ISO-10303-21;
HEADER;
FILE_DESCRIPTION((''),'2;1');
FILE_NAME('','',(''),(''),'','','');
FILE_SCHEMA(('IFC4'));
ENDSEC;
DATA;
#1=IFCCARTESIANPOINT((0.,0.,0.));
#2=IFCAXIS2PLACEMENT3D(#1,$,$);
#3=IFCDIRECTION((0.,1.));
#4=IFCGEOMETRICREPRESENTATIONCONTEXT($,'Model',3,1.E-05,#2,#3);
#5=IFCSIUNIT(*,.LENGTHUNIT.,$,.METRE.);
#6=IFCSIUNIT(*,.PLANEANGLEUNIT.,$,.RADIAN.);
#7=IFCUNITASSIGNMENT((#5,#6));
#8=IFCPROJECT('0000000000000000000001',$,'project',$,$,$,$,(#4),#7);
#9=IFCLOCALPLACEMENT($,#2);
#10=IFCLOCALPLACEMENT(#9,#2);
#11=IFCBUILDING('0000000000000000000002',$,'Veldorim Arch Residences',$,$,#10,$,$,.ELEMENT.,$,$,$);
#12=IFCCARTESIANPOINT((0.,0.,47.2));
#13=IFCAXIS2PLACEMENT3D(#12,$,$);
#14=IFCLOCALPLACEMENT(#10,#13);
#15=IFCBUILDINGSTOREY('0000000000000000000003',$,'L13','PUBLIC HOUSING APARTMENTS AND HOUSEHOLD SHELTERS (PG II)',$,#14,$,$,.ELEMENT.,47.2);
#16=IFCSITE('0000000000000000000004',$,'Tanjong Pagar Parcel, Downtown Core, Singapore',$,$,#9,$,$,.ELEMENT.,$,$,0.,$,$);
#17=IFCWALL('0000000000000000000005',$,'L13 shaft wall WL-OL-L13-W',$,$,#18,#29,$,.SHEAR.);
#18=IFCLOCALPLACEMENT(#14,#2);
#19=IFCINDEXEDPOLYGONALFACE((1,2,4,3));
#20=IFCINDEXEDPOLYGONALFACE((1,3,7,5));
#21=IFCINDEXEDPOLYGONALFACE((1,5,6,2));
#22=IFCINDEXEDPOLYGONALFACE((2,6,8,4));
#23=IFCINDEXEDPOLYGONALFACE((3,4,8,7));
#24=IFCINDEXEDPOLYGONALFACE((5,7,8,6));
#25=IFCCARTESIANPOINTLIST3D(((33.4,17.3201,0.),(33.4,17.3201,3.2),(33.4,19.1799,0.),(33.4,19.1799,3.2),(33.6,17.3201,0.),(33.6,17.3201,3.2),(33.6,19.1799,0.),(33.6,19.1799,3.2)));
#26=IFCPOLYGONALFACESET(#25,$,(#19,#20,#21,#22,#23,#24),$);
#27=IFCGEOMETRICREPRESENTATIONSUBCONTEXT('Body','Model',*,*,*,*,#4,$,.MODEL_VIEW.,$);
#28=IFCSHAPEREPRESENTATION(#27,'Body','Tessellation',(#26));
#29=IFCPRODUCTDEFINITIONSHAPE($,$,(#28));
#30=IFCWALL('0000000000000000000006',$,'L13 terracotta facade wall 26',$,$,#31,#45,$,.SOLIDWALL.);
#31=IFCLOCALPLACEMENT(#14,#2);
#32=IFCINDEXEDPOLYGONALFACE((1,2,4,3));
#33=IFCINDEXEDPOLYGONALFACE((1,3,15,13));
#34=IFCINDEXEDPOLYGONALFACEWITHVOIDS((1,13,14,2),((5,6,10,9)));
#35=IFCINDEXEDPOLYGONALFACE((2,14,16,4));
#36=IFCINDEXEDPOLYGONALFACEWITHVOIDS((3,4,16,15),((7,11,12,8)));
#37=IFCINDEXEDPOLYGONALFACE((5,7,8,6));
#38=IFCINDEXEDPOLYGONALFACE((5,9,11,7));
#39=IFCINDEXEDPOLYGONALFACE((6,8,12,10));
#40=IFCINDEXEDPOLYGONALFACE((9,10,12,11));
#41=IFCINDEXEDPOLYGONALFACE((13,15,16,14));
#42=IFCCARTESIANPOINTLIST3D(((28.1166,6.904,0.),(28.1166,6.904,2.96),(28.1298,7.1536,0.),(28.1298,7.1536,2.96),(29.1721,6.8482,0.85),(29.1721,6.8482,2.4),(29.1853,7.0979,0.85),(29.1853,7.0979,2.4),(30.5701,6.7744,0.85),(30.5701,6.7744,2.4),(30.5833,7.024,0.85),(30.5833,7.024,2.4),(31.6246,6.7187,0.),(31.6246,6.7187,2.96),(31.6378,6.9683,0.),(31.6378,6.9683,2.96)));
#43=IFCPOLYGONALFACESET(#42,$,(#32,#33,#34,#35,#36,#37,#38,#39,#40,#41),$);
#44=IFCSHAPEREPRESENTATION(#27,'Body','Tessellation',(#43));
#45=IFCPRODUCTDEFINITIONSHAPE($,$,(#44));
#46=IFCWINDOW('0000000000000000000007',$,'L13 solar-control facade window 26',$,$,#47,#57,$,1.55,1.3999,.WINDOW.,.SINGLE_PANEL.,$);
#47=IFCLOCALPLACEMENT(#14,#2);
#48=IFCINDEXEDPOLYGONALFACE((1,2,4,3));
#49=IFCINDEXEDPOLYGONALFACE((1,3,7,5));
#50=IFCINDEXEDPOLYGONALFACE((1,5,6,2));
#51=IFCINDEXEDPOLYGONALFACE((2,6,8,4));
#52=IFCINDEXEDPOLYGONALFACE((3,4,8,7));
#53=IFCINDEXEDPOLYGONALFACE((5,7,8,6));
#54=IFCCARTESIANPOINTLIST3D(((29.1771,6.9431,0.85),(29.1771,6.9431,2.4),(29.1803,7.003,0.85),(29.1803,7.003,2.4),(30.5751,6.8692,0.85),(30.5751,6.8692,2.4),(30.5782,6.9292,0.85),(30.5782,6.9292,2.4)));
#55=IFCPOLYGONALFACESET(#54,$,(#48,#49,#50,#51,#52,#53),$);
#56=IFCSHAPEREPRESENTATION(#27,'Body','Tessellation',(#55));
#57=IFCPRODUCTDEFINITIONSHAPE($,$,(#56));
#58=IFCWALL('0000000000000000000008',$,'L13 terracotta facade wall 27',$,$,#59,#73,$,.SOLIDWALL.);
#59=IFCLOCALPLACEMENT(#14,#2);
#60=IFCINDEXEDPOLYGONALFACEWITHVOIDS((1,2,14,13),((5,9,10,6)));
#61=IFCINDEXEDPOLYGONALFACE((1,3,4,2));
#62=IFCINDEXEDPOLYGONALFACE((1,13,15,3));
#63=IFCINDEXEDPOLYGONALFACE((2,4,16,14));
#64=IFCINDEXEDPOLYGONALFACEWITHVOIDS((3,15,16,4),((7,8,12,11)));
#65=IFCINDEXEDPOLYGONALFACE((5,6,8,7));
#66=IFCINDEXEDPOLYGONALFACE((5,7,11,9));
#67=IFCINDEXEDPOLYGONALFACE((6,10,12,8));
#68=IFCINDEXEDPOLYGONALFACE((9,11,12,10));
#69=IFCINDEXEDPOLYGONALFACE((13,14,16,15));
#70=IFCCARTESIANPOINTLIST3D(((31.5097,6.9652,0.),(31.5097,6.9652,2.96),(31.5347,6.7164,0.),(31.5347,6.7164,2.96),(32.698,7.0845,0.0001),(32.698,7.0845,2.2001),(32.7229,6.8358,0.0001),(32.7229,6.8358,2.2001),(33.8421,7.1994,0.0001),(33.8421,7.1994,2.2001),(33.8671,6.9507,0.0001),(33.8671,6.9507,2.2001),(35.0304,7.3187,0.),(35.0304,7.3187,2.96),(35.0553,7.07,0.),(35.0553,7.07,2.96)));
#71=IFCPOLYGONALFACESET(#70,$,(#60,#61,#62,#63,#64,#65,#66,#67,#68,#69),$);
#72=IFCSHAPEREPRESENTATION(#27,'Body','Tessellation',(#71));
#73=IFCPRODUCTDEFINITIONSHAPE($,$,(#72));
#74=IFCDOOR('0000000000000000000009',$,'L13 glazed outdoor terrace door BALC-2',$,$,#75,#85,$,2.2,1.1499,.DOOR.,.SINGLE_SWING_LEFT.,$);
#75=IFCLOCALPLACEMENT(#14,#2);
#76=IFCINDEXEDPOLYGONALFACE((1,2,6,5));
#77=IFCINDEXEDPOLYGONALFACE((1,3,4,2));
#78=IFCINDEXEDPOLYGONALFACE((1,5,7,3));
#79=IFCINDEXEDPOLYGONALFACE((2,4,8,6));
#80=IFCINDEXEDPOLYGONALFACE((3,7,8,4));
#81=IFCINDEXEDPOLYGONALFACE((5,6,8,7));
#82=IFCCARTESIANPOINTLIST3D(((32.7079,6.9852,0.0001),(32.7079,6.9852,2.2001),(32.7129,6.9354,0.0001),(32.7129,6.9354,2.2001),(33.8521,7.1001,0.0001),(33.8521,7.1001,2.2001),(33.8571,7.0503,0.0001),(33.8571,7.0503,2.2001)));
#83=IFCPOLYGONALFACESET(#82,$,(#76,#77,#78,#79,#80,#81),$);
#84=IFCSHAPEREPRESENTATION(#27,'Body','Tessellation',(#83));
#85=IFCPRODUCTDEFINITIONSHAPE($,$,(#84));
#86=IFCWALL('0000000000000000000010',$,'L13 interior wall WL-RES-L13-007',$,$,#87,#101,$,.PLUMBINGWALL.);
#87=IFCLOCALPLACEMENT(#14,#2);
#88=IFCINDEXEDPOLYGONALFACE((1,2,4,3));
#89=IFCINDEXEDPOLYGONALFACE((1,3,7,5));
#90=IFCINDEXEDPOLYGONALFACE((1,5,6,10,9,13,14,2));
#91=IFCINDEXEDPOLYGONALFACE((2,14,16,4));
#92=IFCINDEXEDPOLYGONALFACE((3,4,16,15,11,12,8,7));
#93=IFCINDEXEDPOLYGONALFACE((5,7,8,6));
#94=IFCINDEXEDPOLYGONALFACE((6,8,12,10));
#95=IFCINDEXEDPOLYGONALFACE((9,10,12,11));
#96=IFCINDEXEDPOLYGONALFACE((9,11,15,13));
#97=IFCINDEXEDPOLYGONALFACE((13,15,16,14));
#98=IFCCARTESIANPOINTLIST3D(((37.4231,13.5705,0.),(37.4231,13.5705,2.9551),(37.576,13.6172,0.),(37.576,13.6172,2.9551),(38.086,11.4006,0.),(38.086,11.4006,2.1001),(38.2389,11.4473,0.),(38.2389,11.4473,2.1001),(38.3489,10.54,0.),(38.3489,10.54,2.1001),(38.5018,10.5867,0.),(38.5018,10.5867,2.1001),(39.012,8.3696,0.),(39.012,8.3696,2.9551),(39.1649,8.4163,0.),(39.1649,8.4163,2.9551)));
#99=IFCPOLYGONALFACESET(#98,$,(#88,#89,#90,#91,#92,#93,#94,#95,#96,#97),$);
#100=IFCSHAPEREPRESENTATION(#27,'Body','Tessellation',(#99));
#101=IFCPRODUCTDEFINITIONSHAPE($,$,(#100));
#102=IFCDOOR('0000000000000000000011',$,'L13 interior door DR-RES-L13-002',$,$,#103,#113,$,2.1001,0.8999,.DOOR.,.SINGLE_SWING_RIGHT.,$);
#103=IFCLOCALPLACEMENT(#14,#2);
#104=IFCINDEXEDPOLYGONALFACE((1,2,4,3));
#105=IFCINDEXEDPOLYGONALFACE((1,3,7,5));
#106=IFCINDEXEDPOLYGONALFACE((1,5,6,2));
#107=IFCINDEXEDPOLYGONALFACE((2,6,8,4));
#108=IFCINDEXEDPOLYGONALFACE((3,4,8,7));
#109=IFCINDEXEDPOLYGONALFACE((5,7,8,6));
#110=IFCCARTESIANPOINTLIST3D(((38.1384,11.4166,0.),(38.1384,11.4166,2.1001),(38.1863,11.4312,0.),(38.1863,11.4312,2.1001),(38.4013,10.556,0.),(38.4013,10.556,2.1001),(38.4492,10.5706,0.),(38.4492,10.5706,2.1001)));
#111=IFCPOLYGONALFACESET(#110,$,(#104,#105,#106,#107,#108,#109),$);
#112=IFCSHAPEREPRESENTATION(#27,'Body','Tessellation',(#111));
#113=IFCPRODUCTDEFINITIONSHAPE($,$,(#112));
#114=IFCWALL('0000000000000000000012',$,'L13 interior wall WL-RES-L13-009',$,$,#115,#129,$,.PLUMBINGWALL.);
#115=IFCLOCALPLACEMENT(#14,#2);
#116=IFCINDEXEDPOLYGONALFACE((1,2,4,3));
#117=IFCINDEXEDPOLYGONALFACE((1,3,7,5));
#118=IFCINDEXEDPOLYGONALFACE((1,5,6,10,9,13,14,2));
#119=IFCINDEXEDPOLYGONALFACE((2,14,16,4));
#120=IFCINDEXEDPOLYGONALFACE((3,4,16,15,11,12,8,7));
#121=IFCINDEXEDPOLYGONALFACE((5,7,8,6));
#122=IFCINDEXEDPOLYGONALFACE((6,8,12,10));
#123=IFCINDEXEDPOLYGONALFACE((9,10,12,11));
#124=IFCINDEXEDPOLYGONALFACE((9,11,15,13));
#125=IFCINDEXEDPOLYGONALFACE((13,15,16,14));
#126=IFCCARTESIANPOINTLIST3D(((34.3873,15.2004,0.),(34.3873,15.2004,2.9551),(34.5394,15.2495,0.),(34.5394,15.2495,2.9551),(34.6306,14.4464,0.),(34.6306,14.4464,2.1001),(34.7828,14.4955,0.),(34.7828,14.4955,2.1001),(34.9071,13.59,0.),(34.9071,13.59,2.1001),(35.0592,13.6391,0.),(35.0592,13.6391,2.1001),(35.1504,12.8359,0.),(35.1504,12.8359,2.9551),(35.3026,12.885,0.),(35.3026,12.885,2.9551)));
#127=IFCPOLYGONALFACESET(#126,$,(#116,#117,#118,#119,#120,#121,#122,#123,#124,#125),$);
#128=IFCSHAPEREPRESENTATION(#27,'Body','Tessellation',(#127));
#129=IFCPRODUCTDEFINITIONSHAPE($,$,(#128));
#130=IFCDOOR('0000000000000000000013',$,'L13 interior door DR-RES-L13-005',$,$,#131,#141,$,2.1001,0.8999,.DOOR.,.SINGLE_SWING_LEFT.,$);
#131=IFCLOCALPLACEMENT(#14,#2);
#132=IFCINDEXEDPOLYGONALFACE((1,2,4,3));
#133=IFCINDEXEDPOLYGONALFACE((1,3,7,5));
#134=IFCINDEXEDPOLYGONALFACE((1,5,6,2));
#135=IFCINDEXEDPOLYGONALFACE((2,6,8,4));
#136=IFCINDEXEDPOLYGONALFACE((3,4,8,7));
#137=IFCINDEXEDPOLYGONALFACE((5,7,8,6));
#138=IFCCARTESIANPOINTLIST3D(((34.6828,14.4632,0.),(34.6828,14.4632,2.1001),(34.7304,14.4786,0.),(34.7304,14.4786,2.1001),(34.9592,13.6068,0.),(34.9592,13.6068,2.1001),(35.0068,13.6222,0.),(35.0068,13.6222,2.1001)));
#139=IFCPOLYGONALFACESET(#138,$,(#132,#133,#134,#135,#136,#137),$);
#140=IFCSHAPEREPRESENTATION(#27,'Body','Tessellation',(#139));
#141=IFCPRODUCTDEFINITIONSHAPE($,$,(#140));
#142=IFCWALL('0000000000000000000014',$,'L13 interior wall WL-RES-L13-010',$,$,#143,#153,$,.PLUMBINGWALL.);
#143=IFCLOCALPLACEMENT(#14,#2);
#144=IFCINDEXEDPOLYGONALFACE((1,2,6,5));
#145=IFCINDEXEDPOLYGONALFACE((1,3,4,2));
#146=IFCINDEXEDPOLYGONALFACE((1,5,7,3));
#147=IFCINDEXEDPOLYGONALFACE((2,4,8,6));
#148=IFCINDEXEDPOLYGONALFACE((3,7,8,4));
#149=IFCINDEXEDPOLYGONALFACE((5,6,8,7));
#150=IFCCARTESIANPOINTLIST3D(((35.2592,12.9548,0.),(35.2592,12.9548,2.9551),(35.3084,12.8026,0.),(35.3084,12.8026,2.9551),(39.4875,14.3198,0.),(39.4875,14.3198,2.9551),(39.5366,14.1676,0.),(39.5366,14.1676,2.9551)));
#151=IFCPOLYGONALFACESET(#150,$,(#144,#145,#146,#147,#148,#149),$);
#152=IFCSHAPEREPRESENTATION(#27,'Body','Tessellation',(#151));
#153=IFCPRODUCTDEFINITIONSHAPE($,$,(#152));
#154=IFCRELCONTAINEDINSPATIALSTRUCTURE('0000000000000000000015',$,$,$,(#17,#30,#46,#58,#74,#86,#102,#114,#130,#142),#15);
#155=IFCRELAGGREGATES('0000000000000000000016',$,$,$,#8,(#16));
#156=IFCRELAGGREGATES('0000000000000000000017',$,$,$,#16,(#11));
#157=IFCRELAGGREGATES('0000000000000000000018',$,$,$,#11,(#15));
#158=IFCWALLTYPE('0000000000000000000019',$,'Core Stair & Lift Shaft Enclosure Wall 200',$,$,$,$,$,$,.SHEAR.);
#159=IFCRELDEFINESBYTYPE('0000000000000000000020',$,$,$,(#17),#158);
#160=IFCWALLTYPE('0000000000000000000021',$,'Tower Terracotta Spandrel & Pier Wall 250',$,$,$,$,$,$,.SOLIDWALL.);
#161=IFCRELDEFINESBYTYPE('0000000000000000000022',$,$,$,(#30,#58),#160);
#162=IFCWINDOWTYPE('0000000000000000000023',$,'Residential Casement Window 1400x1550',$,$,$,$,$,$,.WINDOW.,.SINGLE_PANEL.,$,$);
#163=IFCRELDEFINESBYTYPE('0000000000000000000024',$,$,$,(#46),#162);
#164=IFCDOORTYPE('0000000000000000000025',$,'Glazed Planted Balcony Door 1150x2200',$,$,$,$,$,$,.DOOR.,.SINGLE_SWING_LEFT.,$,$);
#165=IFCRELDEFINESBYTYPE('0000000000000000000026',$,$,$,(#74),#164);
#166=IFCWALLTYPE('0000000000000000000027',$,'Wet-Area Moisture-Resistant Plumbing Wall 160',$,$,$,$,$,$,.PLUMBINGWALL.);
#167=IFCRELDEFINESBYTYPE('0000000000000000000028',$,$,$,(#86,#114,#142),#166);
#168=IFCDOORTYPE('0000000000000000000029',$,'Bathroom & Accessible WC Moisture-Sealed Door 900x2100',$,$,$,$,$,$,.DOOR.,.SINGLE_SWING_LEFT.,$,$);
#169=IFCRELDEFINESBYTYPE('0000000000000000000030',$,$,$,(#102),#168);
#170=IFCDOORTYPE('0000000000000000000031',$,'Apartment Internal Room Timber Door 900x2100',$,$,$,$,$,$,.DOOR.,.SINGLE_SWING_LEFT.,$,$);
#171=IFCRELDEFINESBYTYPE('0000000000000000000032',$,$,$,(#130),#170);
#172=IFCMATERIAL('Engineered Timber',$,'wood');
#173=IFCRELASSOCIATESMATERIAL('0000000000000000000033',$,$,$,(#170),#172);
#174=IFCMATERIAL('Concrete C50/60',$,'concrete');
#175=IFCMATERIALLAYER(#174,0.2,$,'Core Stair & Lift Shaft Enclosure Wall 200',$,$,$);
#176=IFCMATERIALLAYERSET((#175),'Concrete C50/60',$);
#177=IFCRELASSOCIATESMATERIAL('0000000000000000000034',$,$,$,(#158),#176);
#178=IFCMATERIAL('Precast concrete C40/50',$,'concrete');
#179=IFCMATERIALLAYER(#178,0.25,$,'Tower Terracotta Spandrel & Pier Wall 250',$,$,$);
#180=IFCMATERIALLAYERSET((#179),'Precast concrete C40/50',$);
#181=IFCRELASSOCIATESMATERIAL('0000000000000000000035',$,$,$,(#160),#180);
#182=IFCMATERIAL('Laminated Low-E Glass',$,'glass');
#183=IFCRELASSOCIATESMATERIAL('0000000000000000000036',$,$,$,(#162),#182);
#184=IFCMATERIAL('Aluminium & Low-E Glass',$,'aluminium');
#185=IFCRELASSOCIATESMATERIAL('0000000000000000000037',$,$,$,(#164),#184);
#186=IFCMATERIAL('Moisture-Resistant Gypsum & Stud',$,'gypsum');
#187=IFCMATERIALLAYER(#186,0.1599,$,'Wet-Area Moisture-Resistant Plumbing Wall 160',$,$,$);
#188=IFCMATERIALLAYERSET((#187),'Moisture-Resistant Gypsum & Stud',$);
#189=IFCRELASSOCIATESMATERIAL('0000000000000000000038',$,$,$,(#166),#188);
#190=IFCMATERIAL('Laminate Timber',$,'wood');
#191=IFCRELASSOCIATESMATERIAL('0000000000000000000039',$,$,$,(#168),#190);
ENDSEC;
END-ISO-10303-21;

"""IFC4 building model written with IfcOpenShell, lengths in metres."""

from ifc_helpers import new_model, si_unit, direction, frame, frame_2d, origin, place, context, subcontext, project, spatial, rectangle, extrude, material, layer, layer_set, type_object, element, fill, save


model = new_model("IFC4")

# Units and contexts
model_context = context("Model", 3, precision=1e-05, world=origin(), true_north=direction((0.0, 1.0)))
body_context = subcontext(model_context, "Body", "Model", "MODEL_VIEW")
ifc_project = project(units=[si_unit("LENGTHUNIT", "METRE"), si_unit("PLANEANGLEUNIT", "RADIAN")], contexts=[model_context])

# Site, building, storey
site_placement = place(None, origin())
site = spatial("IfcSite", under=ifc_project, at=site_placement, Name="Tanjong Pagar Parcel, Downtown Core, Singapore", CompositionType="ELEMENT", RefElevation=0.0)
building_placement = place(site_placement, origin())
building = spatial("IfcBuilding", under=site, at=building_placement, Name="Veldorim Arch Residences", CompositionType="ELEMENT")
storey_placement = place(building_placement, frame((0.0, 0.0, 47.2)))
storey = spatial("IfcBuildingStorey", under=building, at=storey_placement, Name="L13", Description="PUBLIC HOUSING APARTMENTS AND HOUSEHOLD SHELTERS (PG II)", CompositionType="ELEMENT", Elevation=47.2)

# Shared definitions
ifc_material_1 = material(Name="Engineered Timber", Category="wood")
door_type_1 = type_object("IfcDoorType", Name="Apartment Internal Room Timber Door 900x2100", OperationType="SINGLE_SWING_LEFT", PredefinedType="DOOR", material=ifc_material_1)

# Wall
ifc_material_2 = material(Name="Concrete C50/60", Category="concrete")
ifc_layer_1 = layer(ifc_material_2, 0.2, Name="Core Stair & Lift Shaft Enclosure Wall 200")
ifc_layer_set_1 = layer_set([ifc_layer_1], Name="Concrete C50/60")
wall_type_1 = type_object("IfcWallType", Name="Core Stair & Lift Shaft Enclosure Wall 200", PredefinedType="SHEAR", material=ifc_layer_set_1)
wall_1_placement = place(storey_placement, frame((33.5, 17.3201, 0.0), z_axis=(0.0, 0.0, 1.0), x_axis=(0.0, 1.0, 0.0)))
element("IfcWall", 1, at=wall_1_placement, inside=storey, type_object=wall_type_1, Name="L13 shaft wall WL-OL-L13-W", PredefinedType="SHEAR", context=body_context, shape_type="SweptSolid", body=[
    extrude(rectangle(XDim=1.8599, YDim=0.2, at=frame_2d((0.9299, 0.0))), origin(), (0.0, 0.0, 1.0), 3.2),
])

# Wall, opening, window
ifc_material_3 = material(Name="Precast concrete C40/50", Category="concrete")
ifc_layer_2 = layer(ifc_material_3, 0.25, Name="Tower Terracotta Spandrel & Pier Wall 250")
ifc_layer_set_2 = layer_set([ifc_layer_2], Name="Precast concrete C40/50")
wall_type_2 = type_object("IfcWallType", Name="Tower Terracotta Spandrel & Pier Wall 250", PredefinedType="SOLIDWALL", material=ifc_layer_set_2)
wall_2_placement = place(storey_placement, frame((31.6311, 6.8435, 0.0), z_axis=(0.0, 0.0, 1.0), x_axis=(-0.998608, 0.052749, 0.0)))
wall_2 = element("IfcWall", 2, at=wall_2_placement, inside=storey, type_object=wall_type_2, Name="L13 terracotta facade wall 26", PredefinedType="SOLIDWALL", context=body_context, shape_type="SweptSolid", body=[
    extrude(rectangle(XDim=3.5129, YDim=0.25, at=frame_2d((1.7563, 0.0))), origin(), (0.0, 0.0, 1.0), 2.96),
])
opening_1_placement = place(wall_2_placement, frame((1.0559, 0.0, 0.8501)))
opening_1 = element("IfcOpeningElement", 3, at=opening_1_placement, cuts=wall_2, PredefinedType="OPENING", context=body_context, shape_type="SweptSolid", body=[
    extrude(rectangle(XDim=1.3999, YDim=1.55, at=frame_2d((0.7, 0.7749))), frame((0.0, 0.135, 0.0), z_axis=(0.0, -1.0, 0.0), x_axis=(1.0, 0.0, 0.0)), (0.0, 0.0, 1.0), 0.27),
])
ifc_material_4 = material(Name="Laminated Low-E Glass", Category="glass")
window_type = type_object("IfcWindowType", Name="Residential Casement Window 1400x1550", PartitioningType="SINGLE_PANEL", PredefinedType="WINDOW", material=ifc_material_4)
window_placement = place(opening_1_placement, origin())
window = element("IfcWindow", 4, at=window_placement, inside=storey, type_object=window_type, Name="L13 solar-control facade window 26", OverallHeight=1.55, OverallWidth=1.3999, PartitioningType="SINGLE_PANEL", PredefinedType="WINDOW", context=body_context, shape_type="SweptSolid", body=[
    extrude(rectangle(XDim=1.3999, YDim=1.55, at=frame_2d((0.7, 0.7749))), frame((0.0, 0.03, 0.0), z_axis=(0.0, -1.0, 0.0), x_axis=(1.0, 0.0, 0.0)), (0.0, 0.0, 1.0), 0.0601),
])
fill(opening_1, window)

# Walls, openings, doors
wall_3_placement = place(storey_placement, frame((35.0427, 7.1943, 0.0), z_axis=(0.0, 0.0, 1.0), x_axis=(-0.994996, -0.099914, 0.0)))
wall_3 = element("IfcWall", 5, at=wall_3_placement, inside=storey, type_object=wall_type_2, Name="L13 terracotta facade wall 27", PredefinedType="SOLIDWALL", context=body_context, shape_type="SweptSolid", body=[
    extrude(rectangle(XDim=3.5383, YDim=0.25, at=frame_2d((1.769, 0.0))), origin(), (0.0, 0.0, 1.0), 2.96),
])
opening_2_placement = place(wall_3_placement, frame((1.1941, 0.0, 0.0)))
opening_2 = element("IfcOpeningElement", 6, at=opening_2_placement, cuts=wall_3, PredefinedType="OPENING", context=body_context, shape_type="SweptSolid", body=[
    extrude(rectangle(XDim=1.1499, YDim=2.2, at=frame_2d((0.575, 1.1001))), frame((0.0, 0.135, 0.0), z_axis=(0.0, -1.0, 0.0), x_axis=(1.0, 0.0, 0.0)), (0.0, 0.0, 1.0), 0.27),
])
ifc_material_5 = material(Name="Aluminium & Low-E Glass", Category="aluminium")
door_type_2 = type_object("IfcDoorType", Name="Glazed Planted Balcony Door 1150x2200", OperationType="SINGLE_SWING_LEFT", PredefinedType="DOOR", material=ifc_material_5)
door_1_placement = place(opening_2_placement, origin())
door_1 = element("IfcDoor", 7, at=door_1_placement, inside=storey, type_object=door_type_2, Name="L13 glazed outdoor terrace door BALC-2", OperationType="SINGLE_SWING_LEFT", OverallHeight=2.2, OverallWidth=1.1499, PredefinedType="DOOR", context=body_context, shape_type="SweptSolid", body=[
    extrude(rectangle(XDim=1.1499, YDim=2.2, at=frame_2d((0.575, 1.1001))), frame((0.0, 0.0249, 0.0), z_axis=(0.0, -1.0, 0.0), x_axis=(1.0, 0.0, 0.0)), (0.0, 0.0, 1.0), 0.05),
])
fill(opening_2, door_1)
ifc_material_6 = material(Name="Moisture-Resistant Gypsum & Stud", Category="gypsum")
ifc_layer_3 = layer(ifc_material_6, 0.1599, Name="Wet-Area Moisture-Resistant Plumbing Wall 160")
ifc_layer_set_3 = layer_set([ifc_layer_3], Name="Moisture-Resistant Gypsum & Stud")
wall_type_3 = type_object("IfcWallType", Name="Wet-Area Moisture-Resistant Plumbing Wall 160", PredefinedType="PLUMBINGWALL", material=ifc_layer_set_3)
wall_4_placement = place(storey_placement, frame((37.4995, 13.594, 0.0), z_axis=(0.0, 0.0, 1.0), x_axis=(0.292167, -0.956367, 0.0)))
wall_4 = element("IfcWall", 8, at=wall_4_placement, inside=storey, type_object=wall_type_3, Name="L13 interior wall WL-RES-L13-007", PredefinedType="PLUMBINGWALL", context=body_context, shape_type="SweptSolid", body=[
    extrude(rectangle(XDim=5.4382, YDim=0.1599, at=frame_2d((2.7192, 0.0))), origin(), (0.0, 0.0, 1.0), 2.9551),
])
opening_3_placement = place(wall_4_placement, frame((2.269, 0.0, 0.0)))
opening_3 = element("IfcOpeningElement", 9, at=opening_3_placement, cuts=wall_4, PredefinedType="OPENING", context=body_context, shape_type="SweptSolid", body=[
    extrude(rectangle(XDim=0.8999, YDim=2.1001, at=frame_2d((0.45, 1.05))), frame((0.0, 0.0898, 0.0), z_axis=(0.0, -1.0, 0.0), x_axis=(1.0, 0.0, 0.0)), (0.0, 0.0, 1.0), 0.1799),
])
ifc_material_7 = material(Name="Laminate Timber", Category="wood")
door_type_3 = type_object("IfcDoorType", Name="Bathroom & Accessible WC Moisture-Sealed Door 900x2100", OperationType="SINGLE_SWING_LEFT", PredefinedType="DOOR", material=ifc_material_7)
door_2_placement = place(opening_3_placement, origin())
door_2 = element("IfcDoor", 10, at=door_2_placement, inside=storey, type_object=door_type_3, Name="L13 interior door DR-RES-L13-002", OperationType="SINGLE_SWING_RIGHT", OverallHeight=2.1001, OverallWidth=0.8999, PredefinedType="DOOR", context=body_context, shape_type="SweptSolid", body=[
    extrude(rectangle(XDim=0.8999, YDim=2.1001, at=frame_2d((0.45, 1.05))), frame((0.0, 0.0249, 0.0), z_axis=(0.0, -1.0, 0.0), x_axis=(1.0, 0.0, 0.0)), (0.0, 0.0, 1.0), 0.05),
])
fill(opening_3, door_2)
wall_5_placement = place(storey_placement, frame((34.4634, 15.2249, 0.0), z_axis=(0.0, 0.0, 1.0), x_axis=(0.307164, -0.951657, 0.0)))
wall_5 = element("IfcWall", 11, at=wall_5_placement, inside=storey, type_object=wall_type_3, Name="L13 interior wall WL-RES-L13-009", PredefinedType="PLUMBINGWALL", context=body_context, shape_type="SweptSolid", body=[
    extrude(rectangle(XDim=2.4846, YDim=0.1599, at=frame_2d((1.2422, 0.0))), origin(), (0.0, 0.0, 1.0), 2.9551),
])
opening_4_placement = place(wall_5_placement, frame((0.7922, 0.0, 0.0)))
opening_4 = element("IfcOpeningElement", 12, at=opening_4_placement, cuts=wall_5, PredefinedType="OPENING", context=body_context, shape_type="SweptSolid", body=[
    extrude(rectangle(XDim=0.8999, YDim=2.1001, at=frame_2d((0.45, 1.05))), frame((0.0, 0.0898, 0.0), z_axis=(0.0, -1.0, 0.0), x_axis=(1.0, 0.0, 0.0)), (0.0, 0.0, 1.0), 0.1799),
])
door_3_placement = place(opening_4_placement, origin())
door_3 = element("IfcDoor", 13, at=door_3_placement, inside=storey, type_object=door_type_1, Name="L13 interior door DR-RES-L13-005", OperationType="SINGLE_SWING_LEFT", OverallHeight=2.1001, OverallWidth=0.8999, PredefinedType="DOOR", context=body_context, shape_type="SweptSolid", body=[
    extrude(rectangle(XDim=0.8999, YDim=2.1001, at=frame_2d((0.45, 1.05))), frame((0.0, 0.0249, 0.0), z_axis=(0.0, -1.0, 0.0), x_axis=(1.0, 0.0, 0.0)), (0.0, 0.0, 1.0), 0.05),
])
fill(opening_4, door_3)

# Wall
wall_6_placement = place(storey_placement, frame((35.2837, 12.8787, 0.0), z_axis=(0.0, 0.0, 1.0), x_axis=(0.951641, 0.307213, 0.0)))
element("IfcWall", 14, at=wall_6_placement, inside=storey, type_object=wall_type_3, Name="L13 interior wall WL-RES-L13-010", PredefinedType="PLUMBINGWALL", context=body_context, shape_type="SweptSolid", body=[
    extrude(rectangle(XDim=4.4431, YDim=0.1599, at=frame_2d((2.2217, 0.0))), origin(), (0.0, 0.0, 1.0), 2.9551),
])

save(model, "model.ifc")
